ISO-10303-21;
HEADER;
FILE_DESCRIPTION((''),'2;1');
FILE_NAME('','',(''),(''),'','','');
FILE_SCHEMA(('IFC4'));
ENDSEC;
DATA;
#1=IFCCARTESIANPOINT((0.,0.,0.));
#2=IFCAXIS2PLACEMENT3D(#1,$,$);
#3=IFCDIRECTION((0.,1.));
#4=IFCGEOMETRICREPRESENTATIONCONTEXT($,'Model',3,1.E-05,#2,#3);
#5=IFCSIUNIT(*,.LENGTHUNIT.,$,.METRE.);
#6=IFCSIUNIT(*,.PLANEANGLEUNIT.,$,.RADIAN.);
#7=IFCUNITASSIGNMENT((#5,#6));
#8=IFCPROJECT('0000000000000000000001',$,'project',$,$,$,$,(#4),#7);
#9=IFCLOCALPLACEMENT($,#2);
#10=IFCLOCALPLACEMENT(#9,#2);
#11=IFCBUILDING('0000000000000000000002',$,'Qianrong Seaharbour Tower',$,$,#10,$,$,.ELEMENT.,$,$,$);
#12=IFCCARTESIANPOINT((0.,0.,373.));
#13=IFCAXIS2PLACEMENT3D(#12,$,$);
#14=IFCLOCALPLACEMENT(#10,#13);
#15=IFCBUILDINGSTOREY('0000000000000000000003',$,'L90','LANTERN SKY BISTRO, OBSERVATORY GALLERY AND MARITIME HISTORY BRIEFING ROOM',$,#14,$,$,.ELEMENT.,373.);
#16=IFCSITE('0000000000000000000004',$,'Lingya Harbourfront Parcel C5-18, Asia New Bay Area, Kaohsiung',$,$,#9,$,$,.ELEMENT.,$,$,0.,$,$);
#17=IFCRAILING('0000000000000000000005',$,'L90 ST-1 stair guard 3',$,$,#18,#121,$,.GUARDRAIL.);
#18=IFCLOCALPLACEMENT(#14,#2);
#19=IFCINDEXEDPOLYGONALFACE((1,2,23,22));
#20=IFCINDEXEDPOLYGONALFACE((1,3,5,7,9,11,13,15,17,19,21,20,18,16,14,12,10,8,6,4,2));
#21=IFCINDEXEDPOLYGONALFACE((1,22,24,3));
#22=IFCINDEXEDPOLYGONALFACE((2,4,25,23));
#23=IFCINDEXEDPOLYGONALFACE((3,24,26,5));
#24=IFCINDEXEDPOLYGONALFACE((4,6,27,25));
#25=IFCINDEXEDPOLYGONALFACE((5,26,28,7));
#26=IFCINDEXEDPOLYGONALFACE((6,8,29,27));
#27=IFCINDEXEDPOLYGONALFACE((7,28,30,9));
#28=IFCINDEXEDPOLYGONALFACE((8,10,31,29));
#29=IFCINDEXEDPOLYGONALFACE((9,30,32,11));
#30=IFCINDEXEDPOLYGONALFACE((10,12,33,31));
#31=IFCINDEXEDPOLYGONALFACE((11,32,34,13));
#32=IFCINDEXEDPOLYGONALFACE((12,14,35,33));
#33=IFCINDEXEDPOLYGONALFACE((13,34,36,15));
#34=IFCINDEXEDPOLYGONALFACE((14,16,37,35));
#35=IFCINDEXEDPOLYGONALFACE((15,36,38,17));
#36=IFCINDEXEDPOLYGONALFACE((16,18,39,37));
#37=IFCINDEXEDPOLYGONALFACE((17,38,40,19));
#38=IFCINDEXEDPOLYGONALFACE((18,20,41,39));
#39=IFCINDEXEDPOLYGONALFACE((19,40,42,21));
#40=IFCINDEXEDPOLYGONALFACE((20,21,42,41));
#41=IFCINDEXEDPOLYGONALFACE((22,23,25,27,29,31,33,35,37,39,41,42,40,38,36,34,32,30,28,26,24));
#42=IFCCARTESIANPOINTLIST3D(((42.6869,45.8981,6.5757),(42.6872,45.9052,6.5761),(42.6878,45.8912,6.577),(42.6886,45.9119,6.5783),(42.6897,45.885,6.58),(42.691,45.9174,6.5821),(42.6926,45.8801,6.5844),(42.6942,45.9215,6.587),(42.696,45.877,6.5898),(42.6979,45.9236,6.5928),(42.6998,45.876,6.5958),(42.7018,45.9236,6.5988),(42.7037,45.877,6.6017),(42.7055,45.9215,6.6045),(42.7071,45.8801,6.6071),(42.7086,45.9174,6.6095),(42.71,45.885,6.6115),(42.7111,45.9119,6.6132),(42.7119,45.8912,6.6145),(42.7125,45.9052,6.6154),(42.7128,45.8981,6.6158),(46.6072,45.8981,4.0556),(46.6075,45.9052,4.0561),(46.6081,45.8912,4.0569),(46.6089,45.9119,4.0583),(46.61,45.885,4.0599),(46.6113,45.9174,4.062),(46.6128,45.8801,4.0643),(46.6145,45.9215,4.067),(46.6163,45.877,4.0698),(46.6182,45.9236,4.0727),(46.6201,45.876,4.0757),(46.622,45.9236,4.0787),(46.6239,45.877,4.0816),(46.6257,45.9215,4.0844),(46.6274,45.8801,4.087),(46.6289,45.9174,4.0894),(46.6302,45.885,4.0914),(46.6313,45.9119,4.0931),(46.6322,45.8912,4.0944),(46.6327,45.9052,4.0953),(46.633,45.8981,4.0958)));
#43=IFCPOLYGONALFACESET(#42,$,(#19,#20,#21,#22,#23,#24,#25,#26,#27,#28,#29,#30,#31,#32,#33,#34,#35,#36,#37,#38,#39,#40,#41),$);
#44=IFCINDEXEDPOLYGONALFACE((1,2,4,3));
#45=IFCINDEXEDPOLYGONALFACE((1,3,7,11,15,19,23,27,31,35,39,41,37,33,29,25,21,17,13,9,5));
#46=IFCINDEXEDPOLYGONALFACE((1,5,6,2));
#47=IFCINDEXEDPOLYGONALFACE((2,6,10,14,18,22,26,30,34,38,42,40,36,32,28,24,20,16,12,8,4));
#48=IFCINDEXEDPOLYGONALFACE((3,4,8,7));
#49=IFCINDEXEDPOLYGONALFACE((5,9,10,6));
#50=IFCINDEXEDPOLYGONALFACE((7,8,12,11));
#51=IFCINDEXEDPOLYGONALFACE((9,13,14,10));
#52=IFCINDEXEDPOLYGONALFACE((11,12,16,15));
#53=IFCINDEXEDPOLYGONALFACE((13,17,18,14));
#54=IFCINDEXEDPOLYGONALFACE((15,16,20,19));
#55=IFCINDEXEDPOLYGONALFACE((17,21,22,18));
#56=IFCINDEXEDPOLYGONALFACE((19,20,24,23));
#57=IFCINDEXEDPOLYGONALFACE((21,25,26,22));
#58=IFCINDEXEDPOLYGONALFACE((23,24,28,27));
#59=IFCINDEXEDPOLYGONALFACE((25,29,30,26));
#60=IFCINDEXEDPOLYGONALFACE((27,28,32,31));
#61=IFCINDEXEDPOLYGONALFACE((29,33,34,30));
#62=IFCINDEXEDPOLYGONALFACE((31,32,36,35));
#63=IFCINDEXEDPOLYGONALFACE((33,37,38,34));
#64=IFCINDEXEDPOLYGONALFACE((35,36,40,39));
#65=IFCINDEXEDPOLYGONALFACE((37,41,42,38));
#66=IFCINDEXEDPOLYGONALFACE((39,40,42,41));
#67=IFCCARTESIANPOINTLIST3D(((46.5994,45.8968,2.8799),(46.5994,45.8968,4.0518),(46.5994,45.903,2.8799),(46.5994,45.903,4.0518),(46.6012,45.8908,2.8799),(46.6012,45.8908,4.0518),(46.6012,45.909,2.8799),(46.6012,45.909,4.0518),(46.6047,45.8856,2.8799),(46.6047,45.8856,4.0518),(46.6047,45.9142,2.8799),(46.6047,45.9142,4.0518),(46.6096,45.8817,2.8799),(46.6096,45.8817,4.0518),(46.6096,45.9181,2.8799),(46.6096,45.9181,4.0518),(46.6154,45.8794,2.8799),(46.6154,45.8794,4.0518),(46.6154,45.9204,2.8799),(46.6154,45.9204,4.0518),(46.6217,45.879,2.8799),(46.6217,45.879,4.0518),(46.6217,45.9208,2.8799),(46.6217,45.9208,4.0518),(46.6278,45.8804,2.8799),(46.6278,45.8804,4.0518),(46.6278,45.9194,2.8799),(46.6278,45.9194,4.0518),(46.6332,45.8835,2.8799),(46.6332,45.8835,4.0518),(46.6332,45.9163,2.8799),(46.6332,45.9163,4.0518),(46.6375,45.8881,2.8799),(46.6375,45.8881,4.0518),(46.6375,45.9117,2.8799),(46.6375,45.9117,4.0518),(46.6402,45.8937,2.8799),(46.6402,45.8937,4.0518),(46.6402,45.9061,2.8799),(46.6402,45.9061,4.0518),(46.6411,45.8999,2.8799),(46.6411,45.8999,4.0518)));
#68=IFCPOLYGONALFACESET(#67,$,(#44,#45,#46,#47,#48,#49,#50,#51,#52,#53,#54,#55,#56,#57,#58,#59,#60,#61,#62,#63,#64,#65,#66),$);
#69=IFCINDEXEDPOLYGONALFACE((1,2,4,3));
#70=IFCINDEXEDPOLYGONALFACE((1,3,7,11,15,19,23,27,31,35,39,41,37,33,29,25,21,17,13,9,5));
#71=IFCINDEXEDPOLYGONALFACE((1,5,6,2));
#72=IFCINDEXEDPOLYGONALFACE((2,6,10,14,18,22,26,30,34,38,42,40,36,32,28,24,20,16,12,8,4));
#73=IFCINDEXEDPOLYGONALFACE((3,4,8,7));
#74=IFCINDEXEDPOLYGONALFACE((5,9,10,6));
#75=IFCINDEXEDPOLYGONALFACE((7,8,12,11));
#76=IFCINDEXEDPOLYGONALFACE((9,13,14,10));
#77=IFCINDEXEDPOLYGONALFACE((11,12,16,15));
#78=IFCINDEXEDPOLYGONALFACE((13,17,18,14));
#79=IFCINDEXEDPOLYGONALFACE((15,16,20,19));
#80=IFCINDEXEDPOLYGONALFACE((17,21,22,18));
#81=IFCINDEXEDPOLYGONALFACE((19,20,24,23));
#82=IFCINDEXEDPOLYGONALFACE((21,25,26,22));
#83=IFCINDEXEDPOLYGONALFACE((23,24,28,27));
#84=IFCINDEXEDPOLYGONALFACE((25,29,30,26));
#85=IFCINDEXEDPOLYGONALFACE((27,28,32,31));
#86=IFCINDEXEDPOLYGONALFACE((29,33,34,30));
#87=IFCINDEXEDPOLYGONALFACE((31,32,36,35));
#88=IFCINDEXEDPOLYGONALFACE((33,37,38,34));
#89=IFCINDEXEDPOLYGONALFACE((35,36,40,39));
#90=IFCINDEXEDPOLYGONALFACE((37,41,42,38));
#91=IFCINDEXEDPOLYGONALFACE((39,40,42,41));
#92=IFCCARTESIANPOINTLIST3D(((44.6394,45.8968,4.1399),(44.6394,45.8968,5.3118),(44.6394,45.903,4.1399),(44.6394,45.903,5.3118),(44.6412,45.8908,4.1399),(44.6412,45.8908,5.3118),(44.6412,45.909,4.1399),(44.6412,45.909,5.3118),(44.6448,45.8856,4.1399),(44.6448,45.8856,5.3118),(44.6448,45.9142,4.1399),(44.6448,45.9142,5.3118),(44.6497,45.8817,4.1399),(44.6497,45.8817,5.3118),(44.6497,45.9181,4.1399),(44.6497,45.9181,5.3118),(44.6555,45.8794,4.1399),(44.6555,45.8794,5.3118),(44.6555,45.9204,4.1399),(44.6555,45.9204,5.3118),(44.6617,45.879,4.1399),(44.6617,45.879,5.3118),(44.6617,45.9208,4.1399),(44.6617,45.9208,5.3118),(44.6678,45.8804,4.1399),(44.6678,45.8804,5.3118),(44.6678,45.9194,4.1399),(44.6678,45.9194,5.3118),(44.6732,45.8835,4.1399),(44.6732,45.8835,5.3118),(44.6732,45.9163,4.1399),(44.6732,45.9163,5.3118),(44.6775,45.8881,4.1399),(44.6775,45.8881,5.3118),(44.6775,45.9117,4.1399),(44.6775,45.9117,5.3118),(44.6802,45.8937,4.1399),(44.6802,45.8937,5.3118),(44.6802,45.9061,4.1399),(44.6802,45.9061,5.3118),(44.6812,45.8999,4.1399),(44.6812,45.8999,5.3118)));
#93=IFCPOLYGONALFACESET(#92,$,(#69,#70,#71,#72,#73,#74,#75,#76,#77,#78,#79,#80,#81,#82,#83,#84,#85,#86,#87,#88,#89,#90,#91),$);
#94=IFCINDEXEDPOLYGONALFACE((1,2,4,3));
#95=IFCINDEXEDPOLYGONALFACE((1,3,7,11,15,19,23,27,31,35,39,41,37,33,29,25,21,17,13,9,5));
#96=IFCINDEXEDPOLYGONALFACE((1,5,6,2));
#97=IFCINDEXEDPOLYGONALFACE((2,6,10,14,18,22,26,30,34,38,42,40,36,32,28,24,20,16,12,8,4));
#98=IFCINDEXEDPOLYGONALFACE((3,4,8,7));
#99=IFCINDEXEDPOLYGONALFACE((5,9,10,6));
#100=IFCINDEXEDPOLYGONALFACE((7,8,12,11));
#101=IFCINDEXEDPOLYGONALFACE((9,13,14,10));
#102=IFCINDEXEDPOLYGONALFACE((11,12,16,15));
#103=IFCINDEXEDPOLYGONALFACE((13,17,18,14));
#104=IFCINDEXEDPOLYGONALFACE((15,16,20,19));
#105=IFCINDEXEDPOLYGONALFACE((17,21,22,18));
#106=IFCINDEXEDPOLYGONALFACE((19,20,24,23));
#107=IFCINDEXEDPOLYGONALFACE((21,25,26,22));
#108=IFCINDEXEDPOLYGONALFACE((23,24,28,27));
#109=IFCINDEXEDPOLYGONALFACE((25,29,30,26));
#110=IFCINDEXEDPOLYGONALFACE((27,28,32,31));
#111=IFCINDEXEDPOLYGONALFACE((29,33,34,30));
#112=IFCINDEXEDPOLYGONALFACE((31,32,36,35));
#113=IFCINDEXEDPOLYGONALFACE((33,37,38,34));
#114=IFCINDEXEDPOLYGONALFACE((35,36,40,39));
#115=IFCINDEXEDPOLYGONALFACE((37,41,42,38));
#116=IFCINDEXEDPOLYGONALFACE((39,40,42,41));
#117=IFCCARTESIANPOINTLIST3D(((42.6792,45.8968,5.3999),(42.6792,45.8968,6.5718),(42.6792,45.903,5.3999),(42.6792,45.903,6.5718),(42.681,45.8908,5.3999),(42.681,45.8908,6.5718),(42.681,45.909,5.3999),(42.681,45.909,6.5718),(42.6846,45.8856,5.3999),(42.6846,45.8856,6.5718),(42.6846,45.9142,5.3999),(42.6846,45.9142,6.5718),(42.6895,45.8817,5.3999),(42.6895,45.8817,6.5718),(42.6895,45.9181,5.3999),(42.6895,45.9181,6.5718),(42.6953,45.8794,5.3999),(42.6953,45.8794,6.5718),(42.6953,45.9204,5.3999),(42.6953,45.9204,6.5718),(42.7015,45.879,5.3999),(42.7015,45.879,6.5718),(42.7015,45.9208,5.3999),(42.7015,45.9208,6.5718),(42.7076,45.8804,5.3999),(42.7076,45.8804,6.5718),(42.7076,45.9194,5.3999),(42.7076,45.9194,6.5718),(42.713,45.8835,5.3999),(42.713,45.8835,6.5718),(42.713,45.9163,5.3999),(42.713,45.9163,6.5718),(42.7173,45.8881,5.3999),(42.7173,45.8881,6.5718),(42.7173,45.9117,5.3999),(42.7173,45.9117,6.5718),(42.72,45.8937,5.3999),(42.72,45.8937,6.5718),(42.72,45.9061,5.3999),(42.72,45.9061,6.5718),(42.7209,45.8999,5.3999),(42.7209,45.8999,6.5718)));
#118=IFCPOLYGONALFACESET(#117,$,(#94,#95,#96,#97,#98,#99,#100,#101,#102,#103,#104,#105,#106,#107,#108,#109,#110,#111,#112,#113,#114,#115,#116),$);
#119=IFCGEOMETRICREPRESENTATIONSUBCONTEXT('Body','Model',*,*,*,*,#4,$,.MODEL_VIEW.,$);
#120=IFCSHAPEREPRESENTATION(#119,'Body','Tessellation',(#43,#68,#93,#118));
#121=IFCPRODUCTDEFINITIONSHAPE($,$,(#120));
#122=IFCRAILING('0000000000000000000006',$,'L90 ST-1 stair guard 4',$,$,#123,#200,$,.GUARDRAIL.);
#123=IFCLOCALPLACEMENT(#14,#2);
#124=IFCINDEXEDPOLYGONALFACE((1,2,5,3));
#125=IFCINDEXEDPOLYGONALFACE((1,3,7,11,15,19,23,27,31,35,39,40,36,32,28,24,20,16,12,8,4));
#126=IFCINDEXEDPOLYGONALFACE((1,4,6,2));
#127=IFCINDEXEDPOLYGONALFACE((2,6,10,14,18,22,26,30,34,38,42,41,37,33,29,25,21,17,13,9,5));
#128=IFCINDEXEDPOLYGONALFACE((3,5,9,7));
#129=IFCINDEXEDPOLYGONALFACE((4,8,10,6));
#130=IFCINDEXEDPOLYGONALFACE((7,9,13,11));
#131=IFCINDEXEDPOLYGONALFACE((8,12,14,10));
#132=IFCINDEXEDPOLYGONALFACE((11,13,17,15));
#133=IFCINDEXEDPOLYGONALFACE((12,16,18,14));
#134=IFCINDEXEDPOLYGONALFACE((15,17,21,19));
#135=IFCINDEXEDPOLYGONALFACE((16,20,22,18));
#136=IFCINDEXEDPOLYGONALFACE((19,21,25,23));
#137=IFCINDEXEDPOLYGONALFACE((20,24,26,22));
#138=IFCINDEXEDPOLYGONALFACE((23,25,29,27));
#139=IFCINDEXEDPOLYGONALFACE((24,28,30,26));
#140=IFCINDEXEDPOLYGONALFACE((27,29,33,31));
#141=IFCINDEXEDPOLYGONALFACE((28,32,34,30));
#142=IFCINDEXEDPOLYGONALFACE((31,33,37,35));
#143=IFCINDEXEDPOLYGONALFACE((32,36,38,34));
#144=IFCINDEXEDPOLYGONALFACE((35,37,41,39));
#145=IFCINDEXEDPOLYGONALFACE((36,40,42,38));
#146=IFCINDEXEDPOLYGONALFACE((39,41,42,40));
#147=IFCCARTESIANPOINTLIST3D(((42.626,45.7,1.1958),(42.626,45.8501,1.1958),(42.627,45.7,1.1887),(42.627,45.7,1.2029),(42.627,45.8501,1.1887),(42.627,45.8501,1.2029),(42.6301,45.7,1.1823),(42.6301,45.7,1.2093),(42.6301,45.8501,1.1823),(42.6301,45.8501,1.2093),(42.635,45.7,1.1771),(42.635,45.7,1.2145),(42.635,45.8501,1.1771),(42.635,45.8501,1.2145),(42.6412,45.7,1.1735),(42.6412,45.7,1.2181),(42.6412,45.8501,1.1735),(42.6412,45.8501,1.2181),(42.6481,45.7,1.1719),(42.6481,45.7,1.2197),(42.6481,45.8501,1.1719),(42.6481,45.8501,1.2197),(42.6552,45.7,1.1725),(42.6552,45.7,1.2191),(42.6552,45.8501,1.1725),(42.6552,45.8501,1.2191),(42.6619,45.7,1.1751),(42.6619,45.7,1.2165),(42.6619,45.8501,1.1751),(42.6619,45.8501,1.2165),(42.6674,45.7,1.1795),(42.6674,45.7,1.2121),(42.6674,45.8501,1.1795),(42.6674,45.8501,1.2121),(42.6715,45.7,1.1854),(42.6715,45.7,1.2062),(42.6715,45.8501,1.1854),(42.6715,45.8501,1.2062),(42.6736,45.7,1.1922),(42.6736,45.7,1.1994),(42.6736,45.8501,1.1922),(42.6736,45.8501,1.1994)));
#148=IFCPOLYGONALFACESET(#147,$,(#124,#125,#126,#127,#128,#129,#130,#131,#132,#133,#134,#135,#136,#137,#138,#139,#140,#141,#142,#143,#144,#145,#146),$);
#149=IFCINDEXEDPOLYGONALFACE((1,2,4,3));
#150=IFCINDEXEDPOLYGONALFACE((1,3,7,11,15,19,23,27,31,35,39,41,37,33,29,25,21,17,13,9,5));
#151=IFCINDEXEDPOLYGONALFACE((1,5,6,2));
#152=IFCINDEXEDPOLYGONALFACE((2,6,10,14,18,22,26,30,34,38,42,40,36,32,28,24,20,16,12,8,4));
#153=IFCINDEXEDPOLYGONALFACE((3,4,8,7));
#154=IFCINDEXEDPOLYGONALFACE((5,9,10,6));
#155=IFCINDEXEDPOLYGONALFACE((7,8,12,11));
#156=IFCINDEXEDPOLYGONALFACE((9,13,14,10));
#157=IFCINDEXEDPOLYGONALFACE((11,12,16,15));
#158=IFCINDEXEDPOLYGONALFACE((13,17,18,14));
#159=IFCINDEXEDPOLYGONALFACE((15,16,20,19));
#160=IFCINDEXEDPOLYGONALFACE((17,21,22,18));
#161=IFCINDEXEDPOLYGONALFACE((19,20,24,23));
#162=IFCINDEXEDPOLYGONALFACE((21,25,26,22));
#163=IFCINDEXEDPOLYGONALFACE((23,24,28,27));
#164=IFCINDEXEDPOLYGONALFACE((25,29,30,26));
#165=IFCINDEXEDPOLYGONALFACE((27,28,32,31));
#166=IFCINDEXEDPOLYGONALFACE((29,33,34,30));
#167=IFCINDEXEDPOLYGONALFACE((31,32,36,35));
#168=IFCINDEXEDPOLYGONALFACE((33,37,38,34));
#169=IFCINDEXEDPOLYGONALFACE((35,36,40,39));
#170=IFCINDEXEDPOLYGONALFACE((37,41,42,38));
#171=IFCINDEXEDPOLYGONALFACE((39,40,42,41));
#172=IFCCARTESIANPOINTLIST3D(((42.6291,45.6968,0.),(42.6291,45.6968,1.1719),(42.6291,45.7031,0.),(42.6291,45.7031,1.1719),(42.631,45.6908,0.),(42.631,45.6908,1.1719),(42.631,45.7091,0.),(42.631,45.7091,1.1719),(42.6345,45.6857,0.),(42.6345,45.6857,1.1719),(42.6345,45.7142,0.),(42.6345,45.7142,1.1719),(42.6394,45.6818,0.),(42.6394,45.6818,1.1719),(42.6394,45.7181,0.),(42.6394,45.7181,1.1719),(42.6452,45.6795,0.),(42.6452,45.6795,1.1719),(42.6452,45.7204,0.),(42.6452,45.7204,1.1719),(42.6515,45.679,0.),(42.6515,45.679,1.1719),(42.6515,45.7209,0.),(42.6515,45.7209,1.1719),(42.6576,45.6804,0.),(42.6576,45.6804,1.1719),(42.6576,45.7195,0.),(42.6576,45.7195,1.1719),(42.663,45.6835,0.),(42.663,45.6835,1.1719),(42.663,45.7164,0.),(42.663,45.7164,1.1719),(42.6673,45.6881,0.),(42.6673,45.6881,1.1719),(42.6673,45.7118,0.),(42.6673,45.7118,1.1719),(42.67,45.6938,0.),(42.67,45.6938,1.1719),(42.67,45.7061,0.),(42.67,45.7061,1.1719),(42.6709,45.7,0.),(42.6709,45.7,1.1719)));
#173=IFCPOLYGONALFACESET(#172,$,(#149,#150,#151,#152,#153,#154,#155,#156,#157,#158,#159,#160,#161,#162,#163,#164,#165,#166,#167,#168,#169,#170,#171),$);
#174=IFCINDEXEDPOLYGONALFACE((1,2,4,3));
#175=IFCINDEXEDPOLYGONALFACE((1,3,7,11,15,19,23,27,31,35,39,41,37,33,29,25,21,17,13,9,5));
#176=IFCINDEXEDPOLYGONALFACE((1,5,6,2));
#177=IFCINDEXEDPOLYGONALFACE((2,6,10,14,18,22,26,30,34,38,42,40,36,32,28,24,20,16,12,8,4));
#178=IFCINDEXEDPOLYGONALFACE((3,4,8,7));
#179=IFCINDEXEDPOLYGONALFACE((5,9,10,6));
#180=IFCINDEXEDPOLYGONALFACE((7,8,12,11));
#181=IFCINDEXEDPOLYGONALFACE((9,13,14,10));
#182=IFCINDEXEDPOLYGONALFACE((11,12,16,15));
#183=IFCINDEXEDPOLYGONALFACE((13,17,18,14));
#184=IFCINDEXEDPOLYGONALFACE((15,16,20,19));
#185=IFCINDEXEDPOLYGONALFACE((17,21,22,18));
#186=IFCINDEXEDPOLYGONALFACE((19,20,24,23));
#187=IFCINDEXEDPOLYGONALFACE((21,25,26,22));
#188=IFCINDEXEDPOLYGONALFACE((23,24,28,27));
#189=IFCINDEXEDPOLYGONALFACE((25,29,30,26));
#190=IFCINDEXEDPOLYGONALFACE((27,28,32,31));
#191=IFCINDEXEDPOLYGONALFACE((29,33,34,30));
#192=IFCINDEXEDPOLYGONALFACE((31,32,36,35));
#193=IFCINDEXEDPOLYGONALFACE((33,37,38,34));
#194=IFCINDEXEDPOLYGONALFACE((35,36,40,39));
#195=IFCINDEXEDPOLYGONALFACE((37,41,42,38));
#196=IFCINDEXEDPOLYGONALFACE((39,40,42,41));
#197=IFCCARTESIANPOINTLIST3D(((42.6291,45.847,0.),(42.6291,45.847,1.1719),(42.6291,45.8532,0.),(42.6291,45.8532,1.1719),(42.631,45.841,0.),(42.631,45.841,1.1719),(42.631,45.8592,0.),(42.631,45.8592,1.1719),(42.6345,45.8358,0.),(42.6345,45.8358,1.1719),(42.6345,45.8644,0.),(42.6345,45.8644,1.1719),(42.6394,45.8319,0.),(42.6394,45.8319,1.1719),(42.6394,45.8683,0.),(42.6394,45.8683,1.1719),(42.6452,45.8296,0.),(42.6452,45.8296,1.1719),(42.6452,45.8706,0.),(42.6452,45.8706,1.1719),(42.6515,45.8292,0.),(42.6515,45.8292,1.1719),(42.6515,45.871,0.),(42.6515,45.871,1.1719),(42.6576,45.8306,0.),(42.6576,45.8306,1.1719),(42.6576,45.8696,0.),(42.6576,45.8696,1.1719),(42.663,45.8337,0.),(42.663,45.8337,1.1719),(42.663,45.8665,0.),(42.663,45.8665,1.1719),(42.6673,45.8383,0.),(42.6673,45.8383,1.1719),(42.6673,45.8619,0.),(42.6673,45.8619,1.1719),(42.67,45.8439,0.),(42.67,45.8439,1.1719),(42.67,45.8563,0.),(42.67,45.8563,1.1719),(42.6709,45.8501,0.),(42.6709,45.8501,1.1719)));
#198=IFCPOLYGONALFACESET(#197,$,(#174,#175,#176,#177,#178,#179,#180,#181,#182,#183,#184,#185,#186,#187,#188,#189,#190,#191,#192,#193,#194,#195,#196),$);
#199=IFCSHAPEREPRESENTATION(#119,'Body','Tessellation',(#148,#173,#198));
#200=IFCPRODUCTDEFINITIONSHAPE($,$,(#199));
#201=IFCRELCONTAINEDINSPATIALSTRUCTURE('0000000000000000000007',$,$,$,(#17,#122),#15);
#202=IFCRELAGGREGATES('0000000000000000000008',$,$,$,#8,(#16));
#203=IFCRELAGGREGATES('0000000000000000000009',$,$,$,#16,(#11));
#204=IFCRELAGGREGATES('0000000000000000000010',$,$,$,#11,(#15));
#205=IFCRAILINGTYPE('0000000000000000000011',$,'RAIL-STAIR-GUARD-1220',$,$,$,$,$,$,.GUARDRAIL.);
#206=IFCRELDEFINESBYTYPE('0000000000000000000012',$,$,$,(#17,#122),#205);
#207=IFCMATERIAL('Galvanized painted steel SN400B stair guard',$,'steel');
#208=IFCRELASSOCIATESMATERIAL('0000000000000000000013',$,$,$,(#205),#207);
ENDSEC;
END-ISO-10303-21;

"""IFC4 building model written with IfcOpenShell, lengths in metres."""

from ifc_helpers import new_model, si_unit, direction, frame, origin, origin_2d, place, context, subcontext, project, spatial, circle, extrude, material, type_object, element, save


model = new_model("IFC4")

# Units and contexts
model_context = context("Model", 3, precision=1e-05, world=origin(), true_north=direction((0.0, 1.0)))
body_context = subcontext(model_context, "Body", "Model", "MODEL_VIEW")
ifc_project = project(units=[si_unit("LENGTHUNIT", "METRE"), si_unit("PLANEANGLEUNIT", "RADIAN")], contexts=[model_context])

# Site, building, storey
site_placement = place(None, origin())
site = spatial("IfcSite", under=ifc_project, at=site_placement, Name="Lingya Harbourfront Parcel C5-18, Asia New Bay Area, Kaohsiung", CompositionType="ELEMENT", RefElevation=0.0)
building_placement = place(site_placement, origin())
building = spatial("IfcBuilding", under=site, at=building_placement, Name="Qianrong Seaharbour Tower", CompositionType="ELEMENT")
storey_placement = place(building_placement, frame((0.0, 0.0, 373.0)))
storey = spatial("IfcBuildingStorey", under=building, at=storey_placement, Name="L90", Description="LANTERN SKY BISTRO, OBSERVATORY GALLERY AND MARITIME HISTORY BRIEFING ROOM", CompositionType="ELEMENT", Elevation=373.0)

# Railings
ifc_material_1 = material(Name="Galvanized painted steel SN400B stair guard", Category="steel")
railing_type_1 = type_object("IfcRailingType", Name="RAIL-STAIR-GUARD-1220", PredefinedType="GUARDRAIL", material=ifc_material_1)
railing_1_placement = place(storey_placement, frame((46.6201, 45.8999, 2.8799)))
element("IfcRailing", 1, at=railing_1_placement, inside=storey, type_object=railing_type_1, Name="L90 ST-1 stair guard 3", PredefinedType="GUARDRAIL", context=body_context, shape_type="SweptSolid", body=[
    extrude(circle(Radius=0.0239, at=origin_2d()), frame((0.0, 0.0, 1.1958), z_axis=(-0.841187, 0.0, 0.540744), x_axis=(0.0, -1.0, 0.0)), (0.0, 0.0, 1.0), 4.6604),
    extrude(circle(Radius=0.021, at=origin_2d()), origin(), (0.0, 0.0, 1.0), 1.1719),
    extrude(circle(Radius=0.021, at=origin_2d()), frame((-1.96, 0.0, 1.26)), (0.0, 0.0, 1.0), 1.1719),
    extrude(circle(Radius=0.021, at=origin_2d()), frame((-3.9202, 0.0, 2.52)), (0.0, 0.0, 1.0), 1.1719),
])
railing_2_placement = place(storey_placement, frame((42.6499, 45.7, 0.0)))
element("IfcRailing", 2, at=railing_2_placement, inside=storey, type_object=railing_type_1, Name="L90 ST-1 stair guard 4", PredefinedType="GUARDRAIL", context=body_context, shape_type="SweptSolid", body=[
    extrude(circle(Radius=0.0239, at=origin_2d()), frame((0.0, 0.0, 1.1958), z_axis=(0.0, 1.0, 0.0), x_axis=(-1.0, 0.0, 0.0)), (0.0, 0.0, 1.0), 0.1501),
    extrude(circle(Radius=0.021, at=origin_2d()), origin(), (0.0, 0.0, 1.0), 1.1719),
    extrude(circle(Radius=0.021, at=origin_2d()), frame((0.0, 0.1501, 0.0)), (0.0, 0.0, 1.0), 1.1719),
])

save(model, "model.ifc")
